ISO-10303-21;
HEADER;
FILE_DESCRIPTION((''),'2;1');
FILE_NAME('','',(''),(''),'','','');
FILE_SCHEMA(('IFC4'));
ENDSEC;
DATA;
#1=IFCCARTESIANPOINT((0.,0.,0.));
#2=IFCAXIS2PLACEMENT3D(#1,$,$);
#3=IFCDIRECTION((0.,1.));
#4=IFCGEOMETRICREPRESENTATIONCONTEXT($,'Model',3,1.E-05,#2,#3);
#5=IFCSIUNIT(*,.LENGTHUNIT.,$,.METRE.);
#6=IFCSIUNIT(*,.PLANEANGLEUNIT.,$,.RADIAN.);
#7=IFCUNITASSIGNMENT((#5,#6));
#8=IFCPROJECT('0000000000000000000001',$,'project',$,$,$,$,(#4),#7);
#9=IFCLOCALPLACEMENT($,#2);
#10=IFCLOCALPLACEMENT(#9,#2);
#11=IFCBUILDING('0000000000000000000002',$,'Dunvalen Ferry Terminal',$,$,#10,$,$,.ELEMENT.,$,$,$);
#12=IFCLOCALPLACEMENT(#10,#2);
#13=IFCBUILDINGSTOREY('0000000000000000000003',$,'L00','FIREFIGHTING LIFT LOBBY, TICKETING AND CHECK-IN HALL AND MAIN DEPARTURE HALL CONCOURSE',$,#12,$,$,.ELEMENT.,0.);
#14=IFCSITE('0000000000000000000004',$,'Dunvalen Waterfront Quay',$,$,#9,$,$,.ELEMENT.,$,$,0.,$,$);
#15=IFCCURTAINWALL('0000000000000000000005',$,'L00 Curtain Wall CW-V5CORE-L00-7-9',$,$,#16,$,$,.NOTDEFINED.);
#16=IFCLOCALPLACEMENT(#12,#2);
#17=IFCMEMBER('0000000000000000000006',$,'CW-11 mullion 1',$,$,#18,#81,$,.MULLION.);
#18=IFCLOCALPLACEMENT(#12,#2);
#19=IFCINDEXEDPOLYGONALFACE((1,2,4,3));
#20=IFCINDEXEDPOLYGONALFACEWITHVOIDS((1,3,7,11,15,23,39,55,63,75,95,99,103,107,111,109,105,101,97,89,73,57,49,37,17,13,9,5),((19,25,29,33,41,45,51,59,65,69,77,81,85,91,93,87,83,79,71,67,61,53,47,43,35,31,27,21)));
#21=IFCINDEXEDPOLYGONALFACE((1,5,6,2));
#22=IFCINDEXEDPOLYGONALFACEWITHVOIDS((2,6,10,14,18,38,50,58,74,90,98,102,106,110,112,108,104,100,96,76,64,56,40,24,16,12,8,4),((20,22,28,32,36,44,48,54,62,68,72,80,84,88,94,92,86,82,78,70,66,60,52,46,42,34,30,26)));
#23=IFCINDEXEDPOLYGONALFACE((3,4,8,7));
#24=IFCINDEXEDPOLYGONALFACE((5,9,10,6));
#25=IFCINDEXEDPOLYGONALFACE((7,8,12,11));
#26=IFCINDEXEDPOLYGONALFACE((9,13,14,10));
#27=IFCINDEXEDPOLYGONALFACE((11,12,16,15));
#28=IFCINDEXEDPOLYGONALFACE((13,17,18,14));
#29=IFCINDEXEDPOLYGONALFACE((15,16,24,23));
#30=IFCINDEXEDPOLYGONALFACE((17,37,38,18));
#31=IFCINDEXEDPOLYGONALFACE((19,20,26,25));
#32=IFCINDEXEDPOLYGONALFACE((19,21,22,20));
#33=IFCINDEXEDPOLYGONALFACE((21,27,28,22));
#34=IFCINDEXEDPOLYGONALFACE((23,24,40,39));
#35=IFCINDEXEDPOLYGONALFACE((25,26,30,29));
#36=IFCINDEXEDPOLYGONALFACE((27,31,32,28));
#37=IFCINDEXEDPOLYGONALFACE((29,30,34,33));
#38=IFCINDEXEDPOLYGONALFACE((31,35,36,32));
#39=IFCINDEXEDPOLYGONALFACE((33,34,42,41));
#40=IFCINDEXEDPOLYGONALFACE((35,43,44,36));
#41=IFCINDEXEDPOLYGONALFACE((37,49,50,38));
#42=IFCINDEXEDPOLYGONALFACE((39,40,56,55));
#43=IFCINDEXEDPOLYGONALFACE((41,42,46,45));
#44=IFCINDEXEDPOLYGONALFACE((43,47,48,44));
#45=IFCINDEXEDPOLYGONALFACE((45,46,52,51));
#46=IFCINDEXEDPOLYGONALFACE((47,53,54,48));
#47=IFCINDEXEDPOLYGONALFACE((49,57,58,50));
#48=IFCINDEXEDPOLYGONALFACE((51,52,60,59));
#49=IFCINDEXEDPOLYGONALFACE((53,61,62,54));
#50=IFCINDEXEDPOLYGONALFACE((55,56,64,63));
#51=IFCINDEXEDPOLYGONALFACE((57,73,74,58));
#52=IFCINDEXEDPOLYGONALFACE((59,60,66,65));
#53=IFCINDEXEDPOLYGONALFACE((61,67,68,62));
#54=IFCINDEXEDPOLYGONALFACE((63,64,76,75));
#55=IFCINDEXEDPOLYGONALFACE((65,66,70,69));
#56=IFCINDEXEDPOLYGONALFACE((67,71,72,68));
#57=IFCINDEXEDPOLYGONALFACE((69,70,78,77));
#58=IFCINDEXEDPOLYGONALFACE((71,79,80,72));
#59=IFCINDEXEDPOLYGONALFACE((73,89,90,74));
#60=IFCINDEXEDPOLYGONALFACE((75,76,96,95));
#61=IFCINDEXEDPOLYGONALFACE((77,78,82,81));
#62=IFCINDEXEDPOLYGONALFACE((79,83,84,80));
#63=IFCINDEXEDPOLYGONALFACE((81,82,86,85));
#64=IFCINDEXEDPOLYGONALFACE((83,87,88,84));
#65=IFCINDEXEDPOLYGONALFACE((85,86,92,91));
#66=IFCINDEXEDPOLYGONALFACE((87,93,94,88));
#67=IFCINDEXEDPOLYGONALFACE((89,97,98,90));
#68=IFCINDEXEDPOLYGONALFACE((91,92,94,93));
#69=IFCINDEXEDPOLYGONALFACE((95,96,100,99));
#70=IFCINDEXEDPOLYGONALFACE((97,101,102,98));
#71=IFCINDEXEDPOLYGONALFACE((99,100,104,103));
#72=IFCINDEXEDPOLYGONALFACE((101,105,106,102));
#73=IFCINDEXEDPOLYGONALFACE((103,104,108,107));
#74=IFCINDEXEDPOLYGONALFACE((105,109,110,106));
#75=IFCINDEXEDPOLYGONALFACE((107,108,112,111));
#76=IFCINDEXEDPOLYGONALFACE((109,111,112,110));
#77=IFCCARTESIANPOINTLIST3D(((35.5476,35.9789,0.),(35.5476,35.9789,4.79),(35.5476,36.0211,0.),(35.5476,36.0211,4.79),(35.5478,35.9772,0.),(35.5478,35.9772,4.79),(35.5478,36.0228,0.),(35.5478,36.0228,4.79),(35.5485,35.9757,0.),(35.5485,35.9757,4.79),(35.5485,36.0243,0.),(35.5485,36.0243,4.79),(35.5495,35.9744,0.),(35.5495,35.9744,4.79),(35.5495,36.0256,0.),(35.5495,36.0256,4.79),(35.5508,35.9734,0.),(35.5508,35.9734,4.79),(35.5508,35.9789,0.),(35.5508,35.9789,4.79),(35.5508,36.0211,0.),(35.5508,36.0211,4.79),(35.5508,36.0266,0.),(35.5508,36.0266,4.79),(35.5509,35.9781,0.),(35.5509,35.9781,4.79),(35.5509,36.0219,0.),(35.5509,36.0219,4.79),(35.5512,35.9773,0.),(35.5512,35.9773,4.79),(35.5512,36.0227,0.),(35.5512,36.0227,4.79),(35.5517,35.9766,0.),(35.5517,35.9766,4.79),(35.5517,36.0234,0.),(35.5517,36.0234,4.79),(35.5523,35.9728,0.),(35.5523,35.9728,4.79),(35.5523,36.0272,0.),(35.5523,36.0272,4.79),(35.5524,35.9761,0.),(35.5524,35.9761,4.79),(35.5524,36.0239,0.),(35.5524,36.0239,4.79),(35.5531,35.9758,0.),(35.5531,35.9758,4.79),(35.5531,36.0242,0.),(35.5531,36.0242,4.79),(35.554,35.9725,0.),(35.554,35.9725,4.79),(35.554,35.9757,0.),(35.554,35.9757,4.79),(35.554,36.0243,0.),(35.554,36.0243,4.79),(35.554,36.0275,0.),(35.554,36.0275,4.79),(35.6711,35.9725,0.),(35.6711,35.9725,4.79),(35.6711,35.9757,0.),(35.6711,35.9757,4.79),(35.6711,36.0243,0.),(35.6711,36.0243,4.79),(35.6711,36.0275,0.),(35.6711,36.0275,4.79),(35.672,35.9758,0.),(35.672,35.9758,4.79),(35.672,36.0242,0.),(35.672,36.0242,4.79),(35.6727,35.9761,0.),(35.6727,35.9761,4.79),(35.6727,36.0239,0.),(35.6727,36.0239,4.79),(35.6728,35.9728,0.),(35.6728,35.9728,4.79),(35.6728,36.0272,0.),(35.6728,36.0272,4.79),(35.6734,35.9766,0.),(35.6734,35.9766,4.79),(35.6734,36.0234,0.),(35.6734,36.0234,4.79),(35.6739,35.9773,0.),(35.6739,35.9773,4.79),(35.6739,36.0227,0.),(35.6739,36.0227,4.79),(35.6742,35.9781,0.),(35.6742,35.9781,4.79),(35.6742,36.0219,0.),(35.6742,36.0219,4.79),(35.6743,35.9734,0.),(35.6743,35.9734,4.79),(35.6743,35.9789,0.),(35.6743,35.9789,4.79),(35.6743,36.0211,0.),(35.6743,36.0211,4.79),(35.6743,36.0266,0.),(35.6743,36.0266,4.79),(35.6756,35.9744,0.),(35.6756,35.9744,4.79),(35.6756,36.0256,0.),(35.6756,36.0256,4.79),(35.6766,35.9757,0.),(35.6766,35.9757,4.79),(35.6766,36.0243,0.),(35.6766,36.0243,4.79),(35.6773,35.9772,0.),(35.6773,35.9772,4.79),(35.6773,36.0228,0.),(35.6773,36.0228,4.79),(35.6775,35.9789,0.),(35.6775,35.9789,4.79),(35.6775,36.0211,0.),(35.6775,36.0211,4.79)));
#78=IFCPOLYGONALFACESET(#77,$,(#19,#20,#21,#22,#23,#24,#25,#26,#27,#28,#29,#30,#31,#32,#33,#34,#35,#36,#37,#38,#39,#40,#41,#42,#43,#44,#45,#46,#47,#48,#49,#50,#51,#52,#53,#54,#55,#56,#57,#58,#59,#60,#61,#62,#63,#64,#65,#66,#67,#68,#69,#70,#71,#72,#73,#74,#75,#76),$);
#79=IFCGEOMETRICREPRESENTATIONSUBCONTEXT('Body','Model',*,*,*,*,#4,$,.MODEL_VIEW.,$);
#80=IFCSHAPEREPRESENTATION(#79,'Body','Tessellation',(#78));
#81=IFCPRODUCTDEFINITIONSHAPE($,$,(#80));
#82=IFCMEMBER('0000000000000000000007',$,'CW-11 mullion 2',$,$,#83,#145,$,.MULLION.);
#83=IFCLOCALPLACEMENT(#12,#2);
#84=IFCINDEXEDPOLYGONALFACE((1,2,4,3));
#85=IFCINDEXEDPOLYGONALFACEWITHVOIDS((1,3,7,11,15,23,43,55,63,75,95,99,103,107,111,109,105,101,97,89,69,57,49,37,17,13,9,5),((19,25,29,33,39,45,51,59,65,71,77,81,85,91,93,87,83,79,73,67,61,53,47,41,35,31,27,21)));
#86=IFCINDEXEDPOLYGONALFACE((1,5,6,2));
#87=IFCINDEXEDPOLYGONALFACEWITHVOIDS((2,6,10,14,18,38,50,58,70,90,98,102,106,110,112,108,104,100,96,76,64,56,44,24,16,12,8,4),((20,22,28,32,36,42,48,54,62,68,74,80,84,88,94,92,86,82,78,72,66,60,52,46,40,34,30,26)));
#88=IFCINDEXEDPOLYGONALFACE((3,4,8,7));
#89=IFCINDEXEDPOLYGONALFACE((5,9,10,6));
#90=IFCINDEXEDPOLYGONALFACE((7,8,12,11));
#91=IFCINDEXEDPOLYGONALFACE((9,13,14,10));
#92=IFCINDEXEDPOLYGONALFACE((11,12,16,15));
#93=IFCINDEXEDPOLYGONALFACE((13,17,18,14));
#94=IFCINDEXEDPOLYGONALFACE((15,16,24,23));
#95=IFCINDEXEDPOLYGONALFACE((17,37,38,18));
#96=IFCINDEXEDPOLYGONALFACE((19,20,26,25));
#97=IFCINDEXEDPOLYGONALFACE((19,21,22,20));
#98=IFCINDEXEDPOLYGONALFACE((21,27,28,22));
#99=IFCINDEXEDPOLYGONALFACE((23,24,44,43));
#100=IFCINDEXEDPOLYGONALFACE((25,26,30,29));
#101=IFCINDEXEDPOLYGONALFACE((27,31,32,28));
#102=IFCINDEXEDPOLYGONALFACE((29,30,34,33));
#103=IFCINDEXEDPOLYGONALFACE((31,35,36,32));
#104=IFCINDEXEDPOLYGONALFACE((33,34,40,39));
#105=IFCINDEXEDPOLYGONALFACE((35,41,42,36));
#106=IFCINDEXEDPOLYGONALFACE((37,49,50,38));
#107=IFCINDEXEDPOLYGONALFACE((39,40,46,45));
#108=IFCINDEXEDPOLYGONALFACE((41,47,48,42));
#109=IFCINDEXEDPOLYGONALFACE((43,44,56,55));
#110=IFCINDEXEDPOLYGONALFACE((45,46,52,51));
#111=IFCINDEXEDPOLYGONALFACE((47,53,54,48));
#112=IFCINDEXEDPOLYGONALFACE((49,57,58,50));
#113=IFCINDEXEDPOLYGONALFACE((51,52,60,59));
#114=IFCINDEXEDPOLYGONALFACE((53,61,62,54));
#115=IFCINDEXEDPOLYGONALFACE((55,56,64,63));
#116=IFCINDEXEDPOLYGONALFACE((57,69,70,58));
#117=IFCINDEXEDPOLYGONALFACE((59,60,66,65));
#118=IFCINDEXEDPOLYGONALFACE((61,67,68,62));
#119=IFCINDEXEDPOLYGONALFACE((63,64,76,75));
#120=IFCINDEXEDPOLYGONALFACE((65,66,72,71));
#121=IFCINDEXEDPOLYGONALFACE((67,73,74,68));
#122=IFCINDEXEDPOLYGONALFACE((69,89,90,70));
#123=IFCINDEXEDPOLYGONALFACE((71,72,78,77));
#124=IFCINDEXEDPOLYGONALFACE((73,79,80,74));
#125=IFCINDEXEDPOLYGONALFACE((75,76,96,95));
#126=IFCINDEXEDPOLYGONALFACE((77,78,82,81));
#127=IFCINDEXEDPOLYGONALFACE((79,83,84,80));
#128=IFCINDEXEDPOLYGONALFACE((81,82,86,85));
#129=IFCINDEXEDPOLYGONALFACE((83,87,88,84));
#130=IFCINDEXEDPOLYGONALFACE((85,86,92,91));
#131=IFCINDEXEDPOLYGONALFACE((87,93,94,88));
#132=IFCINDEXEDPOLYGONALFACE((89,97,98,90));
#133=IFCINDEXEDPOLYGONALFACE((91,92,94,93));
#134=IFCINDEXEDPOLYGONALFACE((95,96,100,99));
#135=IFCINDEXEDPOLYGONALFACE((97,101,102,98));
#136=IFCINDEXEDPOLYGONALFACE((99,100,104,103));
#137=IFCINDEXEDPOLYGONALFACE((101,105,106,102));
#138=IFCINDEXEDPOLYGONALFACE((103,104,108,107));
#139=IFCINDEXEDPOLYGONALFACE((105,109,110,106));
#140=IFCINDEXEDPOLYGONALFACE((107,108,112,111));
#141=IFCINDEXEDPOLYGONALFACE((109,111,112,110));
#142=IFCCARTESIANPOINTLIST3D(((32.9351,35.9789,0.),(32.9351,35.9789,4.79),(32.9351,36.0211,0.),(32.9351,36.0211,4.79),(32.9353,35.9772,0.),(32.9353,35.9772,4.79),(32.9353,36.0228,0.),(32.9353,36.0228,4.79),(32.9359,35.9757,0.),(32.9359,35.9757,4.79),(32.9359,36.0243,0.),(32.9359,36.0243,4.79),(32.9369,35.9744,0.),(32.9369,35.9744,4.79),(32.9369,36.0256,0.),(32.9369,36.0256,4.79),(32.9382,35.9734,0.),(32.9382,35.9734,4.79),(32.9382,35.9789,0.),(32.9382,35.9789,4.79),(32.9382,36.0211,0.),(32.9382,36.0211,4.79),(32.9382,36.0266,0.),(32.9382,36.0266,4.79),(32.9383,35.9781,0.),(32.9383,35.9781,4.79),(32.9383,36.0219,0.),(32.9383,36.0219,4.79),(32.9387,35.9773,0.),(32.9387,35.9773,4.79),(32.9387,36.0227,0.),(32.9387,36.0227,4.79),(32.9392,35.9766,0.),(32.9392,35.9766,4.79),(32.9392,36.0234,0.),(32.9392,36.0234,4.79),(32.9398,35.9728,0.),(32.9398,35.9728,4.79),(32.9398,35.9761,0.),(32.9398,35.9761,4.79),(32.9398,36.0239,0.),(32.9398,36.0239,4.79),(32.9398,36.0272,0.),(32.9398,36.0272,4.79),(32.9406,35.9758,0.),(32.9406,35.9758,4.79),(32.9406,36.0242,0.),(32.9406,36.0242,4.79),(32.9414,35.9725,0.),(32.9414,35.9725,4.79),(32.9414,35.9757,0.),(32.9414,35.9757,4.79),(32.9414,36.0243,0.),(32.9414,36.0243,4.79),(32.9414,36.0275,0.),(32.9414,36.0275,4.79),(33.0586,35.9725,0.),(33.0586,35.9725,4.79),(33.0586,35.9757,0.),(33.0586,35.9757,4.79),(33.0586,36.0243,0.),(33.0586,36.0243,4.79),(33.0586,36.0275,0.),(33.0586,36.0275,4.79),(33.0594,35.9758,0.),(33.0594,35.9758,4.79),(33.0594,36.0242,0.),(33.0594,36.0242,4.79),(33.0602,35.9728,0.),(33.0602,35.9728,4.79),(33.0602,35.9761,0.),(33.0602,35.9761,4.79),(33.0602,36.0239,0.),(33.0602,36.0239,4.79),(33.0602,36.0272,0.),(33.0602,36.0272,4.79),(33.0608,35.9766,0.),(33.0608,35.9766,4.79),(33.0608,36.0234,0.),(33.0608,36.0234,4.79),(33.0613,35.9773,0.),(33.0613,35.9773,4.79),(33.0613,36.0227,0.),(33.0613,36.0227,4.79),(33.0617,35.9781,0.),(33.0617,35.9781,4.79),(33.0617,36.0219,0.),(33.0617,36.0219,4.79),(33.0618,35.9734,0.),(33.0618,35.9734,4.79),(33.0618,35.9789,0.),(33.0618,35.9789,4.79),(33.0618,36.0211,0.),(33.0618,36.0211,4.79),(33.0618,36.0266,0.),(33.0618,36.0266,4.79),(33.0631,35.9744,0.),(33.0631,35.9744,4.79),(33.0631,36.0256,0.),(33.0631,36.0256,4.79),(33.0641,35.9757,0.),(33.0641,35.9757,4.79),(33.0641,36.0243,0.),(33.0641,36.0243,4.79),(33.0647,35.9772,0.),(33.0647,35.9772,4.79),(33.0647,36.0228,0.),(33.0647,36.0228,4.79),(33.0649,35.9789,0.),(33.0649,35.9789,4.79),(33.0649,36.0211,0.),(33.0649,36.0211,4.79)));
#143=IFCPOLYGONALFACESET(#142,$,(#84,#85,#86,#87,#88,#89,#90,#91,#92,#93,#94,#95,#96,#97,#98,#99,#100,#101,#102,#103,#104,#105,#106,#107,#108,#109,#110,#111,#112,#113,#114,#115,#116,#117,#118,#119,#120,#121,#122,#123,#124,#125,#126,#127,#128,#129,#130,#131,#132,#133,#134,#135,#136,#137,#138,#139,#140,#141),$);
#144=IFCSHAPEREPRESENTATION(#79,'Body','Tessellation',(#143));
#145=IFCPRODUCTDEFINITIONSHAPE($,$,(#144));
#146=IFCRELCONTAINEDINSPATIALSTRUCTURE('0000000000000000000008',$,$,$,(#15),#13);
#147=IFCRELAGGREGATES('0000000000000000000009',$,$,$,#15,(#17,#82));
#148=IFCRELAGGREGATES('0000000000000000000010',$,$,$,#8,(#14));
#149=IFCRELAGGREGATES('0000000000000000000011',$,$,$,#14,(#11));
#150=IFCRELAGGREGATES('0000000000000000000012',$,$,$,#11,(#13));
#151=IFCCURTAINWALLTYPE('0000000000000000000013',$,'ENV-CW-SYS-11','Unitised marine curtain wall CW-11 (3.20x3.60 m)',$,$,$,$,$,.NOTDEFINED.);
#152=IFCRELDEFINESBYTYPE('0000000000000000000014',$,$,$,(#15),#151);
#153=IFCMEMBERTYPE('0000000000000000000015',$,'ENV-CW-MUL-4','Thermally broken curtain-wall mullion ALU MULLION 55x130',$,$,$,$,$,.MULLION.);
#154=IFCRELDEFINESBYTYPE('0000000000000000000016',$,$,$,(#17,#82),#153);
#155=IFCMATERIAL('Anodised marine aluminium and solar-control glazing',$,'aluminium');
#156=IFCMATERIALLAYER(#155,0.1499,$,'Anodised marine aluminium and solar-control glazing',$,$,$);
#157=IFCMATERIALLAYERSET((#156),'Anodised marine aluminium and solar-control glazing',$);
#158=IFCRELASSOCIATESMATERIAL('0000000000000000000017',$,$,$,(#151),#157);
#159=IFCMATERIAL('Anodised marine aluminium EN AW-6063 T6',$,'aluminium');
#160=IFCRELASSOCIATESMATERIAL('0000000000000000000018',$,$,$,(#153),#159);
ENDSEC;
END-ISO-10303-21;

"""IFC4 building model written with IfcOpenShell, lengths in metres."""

from ifc_helpers import new_model, si_unit, direction, frame, origin, origin_2d, place, context, subcontext, project, spatial, hollow_rectangle, extrude, material, layer, layer_set, material_profile, profile_set, type_object, element, aggregate, save


model = new_model("IFC4")

# Units and contexts
model_context = context("Model", 3, precision=1e-05, world=origin(), true_north=direction((0.0, 1.0)))
body_context = subcontext(model_context, "Body", "Model", "MODEL_VIEW")
ifc_project = project(units=[si_unit("LENGTHUNIT", "METRE"), si_unit("PLANEANGLEUNIT", "RADIAN")], contexts=[model_context])

# Site, building, storey
site_placement = place(None, origin())
site = spatial("IfcSite", under=ifc_project, at=site_placement, Name="Dunvalen Waterfront Quay", CompositionType="ELEMENT", RefElevation=0.0)
building_placement = place(site_placement, origin())
building = spatial("IfcBuilding", under=site, at=building_placement, Name="Dunvalen Ferry Terminal", CompositionType="ELEMENT")
storey_placement = place(building_placement, origin())
storey = spatial("IfcBuildingStorey", under=building, at=storey_placement, Name="L00", Description="FIREFIGHTING LIFT LOBBY, TICKETING AND CHECK-IN HALL AND MAIN DEPARTURE HALL CONCOURSE", CompositionType="ELEMENT", Elevation=0.0)

# Curtain wall, members
ifc_material_1 = material(Name="Anodised marine aluminium and solar-control glazing", Category="aluminium")
ifc_layer_1 = layer(ifc_material_1, 0.1499, Name="Anodised marine aluminium and solar-control glazing")
ifc_layer_set_1 = layer_set([ifc_layer_1], Name="Anodised marine aluminium and solar-control glazing")
curtain_wall_type = type_object("IfcCurtainWallType", Name="ENV-CW-SYS-11", Description="Unitised marine curtain wall CW-11 (3.20x3.60 m)", PredefinedType="NOTDEFINED", material=ifc_layer_set_1)
curtain_wall_placement = place(storey_placement, origin())
curtain_wall = element("IfcCurtainWall", 1, at=curtain_wall_placement, inside=storey, type_object=curtain_wall_type, Name="L00 Curtain Wall CW-V5CORE-L00-7-9", PredefinedType="NOTDEFINED")
ifc_material_2 = material(Name="Anodised marine aluminium EN AW-6063 T6", Category="aluminium")
ifc_material_profile_1 = material_profile(ifc_material_2, hollow_rectangle(XDim=0.0549, YDim=0.1299, WallThickness=0.0032, InnerFilletRadius=0.0032, OuterFilletRadius=0.0063, at=origin_2d()), Name="Anodised marine aluminium EN AW-6063 T6")
ifc_profile_set_1 = profile_set([ifc_material_profile_1], Name="Anodised marine aluminium EN AW-6063 T6")
member_type_1 = type_object("IfcMemberType", Name="ENV-CW-MUL-4", Description="Thermally broken curtain-wall mullion ALU MULLION 55x130", PredefinedType="MULLION", material=ifc_profile_set_1)
member_1_placement = place(storey_placement, frame((35.6125, 36.0, 0.0), z_axis=(0.0, 0.0, 1.0), x_axis=(0.0, -1.0, 0.0)))
member_1 = element("IfcMember", 2, at=member_1_placement, type_object=member_type_1, Name="CW-11 mullion 1", PredefinedType="MULLION", context=body_context, shape_type="SweptSolid", body=[
    extrude(hollow_rectangle(XDim=0.0549, YDim=0.1299, WallThickness=0.0032, InnerFilletRadius=0.0032, OuterFilletRadius=0.0063, at=origin_2d()), origin(), (0.0, 0.0, 1.0), 4.79),
])
member_2_placement = place(storey_placement, frame((33.0, 36.0, 0.0), z_axis=(0.0, 0.0, 1.0), x_axis=(0.0, -1.0, 0.0)))
member_2 = element("IfcMember", 3, at=member_2_placement, type_object=member_type_1, Name="CW-11 mullion 2", PredefinedType="MULLION", context=body_context, shape_type="SweptSolid", body=[
    extrude(hollow_rectangle(XDim=0.0549, YDim=0.1299, WallThickness=0.0032, InnerFilletRadius=0.0032, OuterFilletRadius=0.0063, at=origin_2d()), origin(), (0.0, 0.0, 1.0), 4.79),
])

aggregate(curtain_wall, [member_1, member_2])

save(model, "model.ifc")
